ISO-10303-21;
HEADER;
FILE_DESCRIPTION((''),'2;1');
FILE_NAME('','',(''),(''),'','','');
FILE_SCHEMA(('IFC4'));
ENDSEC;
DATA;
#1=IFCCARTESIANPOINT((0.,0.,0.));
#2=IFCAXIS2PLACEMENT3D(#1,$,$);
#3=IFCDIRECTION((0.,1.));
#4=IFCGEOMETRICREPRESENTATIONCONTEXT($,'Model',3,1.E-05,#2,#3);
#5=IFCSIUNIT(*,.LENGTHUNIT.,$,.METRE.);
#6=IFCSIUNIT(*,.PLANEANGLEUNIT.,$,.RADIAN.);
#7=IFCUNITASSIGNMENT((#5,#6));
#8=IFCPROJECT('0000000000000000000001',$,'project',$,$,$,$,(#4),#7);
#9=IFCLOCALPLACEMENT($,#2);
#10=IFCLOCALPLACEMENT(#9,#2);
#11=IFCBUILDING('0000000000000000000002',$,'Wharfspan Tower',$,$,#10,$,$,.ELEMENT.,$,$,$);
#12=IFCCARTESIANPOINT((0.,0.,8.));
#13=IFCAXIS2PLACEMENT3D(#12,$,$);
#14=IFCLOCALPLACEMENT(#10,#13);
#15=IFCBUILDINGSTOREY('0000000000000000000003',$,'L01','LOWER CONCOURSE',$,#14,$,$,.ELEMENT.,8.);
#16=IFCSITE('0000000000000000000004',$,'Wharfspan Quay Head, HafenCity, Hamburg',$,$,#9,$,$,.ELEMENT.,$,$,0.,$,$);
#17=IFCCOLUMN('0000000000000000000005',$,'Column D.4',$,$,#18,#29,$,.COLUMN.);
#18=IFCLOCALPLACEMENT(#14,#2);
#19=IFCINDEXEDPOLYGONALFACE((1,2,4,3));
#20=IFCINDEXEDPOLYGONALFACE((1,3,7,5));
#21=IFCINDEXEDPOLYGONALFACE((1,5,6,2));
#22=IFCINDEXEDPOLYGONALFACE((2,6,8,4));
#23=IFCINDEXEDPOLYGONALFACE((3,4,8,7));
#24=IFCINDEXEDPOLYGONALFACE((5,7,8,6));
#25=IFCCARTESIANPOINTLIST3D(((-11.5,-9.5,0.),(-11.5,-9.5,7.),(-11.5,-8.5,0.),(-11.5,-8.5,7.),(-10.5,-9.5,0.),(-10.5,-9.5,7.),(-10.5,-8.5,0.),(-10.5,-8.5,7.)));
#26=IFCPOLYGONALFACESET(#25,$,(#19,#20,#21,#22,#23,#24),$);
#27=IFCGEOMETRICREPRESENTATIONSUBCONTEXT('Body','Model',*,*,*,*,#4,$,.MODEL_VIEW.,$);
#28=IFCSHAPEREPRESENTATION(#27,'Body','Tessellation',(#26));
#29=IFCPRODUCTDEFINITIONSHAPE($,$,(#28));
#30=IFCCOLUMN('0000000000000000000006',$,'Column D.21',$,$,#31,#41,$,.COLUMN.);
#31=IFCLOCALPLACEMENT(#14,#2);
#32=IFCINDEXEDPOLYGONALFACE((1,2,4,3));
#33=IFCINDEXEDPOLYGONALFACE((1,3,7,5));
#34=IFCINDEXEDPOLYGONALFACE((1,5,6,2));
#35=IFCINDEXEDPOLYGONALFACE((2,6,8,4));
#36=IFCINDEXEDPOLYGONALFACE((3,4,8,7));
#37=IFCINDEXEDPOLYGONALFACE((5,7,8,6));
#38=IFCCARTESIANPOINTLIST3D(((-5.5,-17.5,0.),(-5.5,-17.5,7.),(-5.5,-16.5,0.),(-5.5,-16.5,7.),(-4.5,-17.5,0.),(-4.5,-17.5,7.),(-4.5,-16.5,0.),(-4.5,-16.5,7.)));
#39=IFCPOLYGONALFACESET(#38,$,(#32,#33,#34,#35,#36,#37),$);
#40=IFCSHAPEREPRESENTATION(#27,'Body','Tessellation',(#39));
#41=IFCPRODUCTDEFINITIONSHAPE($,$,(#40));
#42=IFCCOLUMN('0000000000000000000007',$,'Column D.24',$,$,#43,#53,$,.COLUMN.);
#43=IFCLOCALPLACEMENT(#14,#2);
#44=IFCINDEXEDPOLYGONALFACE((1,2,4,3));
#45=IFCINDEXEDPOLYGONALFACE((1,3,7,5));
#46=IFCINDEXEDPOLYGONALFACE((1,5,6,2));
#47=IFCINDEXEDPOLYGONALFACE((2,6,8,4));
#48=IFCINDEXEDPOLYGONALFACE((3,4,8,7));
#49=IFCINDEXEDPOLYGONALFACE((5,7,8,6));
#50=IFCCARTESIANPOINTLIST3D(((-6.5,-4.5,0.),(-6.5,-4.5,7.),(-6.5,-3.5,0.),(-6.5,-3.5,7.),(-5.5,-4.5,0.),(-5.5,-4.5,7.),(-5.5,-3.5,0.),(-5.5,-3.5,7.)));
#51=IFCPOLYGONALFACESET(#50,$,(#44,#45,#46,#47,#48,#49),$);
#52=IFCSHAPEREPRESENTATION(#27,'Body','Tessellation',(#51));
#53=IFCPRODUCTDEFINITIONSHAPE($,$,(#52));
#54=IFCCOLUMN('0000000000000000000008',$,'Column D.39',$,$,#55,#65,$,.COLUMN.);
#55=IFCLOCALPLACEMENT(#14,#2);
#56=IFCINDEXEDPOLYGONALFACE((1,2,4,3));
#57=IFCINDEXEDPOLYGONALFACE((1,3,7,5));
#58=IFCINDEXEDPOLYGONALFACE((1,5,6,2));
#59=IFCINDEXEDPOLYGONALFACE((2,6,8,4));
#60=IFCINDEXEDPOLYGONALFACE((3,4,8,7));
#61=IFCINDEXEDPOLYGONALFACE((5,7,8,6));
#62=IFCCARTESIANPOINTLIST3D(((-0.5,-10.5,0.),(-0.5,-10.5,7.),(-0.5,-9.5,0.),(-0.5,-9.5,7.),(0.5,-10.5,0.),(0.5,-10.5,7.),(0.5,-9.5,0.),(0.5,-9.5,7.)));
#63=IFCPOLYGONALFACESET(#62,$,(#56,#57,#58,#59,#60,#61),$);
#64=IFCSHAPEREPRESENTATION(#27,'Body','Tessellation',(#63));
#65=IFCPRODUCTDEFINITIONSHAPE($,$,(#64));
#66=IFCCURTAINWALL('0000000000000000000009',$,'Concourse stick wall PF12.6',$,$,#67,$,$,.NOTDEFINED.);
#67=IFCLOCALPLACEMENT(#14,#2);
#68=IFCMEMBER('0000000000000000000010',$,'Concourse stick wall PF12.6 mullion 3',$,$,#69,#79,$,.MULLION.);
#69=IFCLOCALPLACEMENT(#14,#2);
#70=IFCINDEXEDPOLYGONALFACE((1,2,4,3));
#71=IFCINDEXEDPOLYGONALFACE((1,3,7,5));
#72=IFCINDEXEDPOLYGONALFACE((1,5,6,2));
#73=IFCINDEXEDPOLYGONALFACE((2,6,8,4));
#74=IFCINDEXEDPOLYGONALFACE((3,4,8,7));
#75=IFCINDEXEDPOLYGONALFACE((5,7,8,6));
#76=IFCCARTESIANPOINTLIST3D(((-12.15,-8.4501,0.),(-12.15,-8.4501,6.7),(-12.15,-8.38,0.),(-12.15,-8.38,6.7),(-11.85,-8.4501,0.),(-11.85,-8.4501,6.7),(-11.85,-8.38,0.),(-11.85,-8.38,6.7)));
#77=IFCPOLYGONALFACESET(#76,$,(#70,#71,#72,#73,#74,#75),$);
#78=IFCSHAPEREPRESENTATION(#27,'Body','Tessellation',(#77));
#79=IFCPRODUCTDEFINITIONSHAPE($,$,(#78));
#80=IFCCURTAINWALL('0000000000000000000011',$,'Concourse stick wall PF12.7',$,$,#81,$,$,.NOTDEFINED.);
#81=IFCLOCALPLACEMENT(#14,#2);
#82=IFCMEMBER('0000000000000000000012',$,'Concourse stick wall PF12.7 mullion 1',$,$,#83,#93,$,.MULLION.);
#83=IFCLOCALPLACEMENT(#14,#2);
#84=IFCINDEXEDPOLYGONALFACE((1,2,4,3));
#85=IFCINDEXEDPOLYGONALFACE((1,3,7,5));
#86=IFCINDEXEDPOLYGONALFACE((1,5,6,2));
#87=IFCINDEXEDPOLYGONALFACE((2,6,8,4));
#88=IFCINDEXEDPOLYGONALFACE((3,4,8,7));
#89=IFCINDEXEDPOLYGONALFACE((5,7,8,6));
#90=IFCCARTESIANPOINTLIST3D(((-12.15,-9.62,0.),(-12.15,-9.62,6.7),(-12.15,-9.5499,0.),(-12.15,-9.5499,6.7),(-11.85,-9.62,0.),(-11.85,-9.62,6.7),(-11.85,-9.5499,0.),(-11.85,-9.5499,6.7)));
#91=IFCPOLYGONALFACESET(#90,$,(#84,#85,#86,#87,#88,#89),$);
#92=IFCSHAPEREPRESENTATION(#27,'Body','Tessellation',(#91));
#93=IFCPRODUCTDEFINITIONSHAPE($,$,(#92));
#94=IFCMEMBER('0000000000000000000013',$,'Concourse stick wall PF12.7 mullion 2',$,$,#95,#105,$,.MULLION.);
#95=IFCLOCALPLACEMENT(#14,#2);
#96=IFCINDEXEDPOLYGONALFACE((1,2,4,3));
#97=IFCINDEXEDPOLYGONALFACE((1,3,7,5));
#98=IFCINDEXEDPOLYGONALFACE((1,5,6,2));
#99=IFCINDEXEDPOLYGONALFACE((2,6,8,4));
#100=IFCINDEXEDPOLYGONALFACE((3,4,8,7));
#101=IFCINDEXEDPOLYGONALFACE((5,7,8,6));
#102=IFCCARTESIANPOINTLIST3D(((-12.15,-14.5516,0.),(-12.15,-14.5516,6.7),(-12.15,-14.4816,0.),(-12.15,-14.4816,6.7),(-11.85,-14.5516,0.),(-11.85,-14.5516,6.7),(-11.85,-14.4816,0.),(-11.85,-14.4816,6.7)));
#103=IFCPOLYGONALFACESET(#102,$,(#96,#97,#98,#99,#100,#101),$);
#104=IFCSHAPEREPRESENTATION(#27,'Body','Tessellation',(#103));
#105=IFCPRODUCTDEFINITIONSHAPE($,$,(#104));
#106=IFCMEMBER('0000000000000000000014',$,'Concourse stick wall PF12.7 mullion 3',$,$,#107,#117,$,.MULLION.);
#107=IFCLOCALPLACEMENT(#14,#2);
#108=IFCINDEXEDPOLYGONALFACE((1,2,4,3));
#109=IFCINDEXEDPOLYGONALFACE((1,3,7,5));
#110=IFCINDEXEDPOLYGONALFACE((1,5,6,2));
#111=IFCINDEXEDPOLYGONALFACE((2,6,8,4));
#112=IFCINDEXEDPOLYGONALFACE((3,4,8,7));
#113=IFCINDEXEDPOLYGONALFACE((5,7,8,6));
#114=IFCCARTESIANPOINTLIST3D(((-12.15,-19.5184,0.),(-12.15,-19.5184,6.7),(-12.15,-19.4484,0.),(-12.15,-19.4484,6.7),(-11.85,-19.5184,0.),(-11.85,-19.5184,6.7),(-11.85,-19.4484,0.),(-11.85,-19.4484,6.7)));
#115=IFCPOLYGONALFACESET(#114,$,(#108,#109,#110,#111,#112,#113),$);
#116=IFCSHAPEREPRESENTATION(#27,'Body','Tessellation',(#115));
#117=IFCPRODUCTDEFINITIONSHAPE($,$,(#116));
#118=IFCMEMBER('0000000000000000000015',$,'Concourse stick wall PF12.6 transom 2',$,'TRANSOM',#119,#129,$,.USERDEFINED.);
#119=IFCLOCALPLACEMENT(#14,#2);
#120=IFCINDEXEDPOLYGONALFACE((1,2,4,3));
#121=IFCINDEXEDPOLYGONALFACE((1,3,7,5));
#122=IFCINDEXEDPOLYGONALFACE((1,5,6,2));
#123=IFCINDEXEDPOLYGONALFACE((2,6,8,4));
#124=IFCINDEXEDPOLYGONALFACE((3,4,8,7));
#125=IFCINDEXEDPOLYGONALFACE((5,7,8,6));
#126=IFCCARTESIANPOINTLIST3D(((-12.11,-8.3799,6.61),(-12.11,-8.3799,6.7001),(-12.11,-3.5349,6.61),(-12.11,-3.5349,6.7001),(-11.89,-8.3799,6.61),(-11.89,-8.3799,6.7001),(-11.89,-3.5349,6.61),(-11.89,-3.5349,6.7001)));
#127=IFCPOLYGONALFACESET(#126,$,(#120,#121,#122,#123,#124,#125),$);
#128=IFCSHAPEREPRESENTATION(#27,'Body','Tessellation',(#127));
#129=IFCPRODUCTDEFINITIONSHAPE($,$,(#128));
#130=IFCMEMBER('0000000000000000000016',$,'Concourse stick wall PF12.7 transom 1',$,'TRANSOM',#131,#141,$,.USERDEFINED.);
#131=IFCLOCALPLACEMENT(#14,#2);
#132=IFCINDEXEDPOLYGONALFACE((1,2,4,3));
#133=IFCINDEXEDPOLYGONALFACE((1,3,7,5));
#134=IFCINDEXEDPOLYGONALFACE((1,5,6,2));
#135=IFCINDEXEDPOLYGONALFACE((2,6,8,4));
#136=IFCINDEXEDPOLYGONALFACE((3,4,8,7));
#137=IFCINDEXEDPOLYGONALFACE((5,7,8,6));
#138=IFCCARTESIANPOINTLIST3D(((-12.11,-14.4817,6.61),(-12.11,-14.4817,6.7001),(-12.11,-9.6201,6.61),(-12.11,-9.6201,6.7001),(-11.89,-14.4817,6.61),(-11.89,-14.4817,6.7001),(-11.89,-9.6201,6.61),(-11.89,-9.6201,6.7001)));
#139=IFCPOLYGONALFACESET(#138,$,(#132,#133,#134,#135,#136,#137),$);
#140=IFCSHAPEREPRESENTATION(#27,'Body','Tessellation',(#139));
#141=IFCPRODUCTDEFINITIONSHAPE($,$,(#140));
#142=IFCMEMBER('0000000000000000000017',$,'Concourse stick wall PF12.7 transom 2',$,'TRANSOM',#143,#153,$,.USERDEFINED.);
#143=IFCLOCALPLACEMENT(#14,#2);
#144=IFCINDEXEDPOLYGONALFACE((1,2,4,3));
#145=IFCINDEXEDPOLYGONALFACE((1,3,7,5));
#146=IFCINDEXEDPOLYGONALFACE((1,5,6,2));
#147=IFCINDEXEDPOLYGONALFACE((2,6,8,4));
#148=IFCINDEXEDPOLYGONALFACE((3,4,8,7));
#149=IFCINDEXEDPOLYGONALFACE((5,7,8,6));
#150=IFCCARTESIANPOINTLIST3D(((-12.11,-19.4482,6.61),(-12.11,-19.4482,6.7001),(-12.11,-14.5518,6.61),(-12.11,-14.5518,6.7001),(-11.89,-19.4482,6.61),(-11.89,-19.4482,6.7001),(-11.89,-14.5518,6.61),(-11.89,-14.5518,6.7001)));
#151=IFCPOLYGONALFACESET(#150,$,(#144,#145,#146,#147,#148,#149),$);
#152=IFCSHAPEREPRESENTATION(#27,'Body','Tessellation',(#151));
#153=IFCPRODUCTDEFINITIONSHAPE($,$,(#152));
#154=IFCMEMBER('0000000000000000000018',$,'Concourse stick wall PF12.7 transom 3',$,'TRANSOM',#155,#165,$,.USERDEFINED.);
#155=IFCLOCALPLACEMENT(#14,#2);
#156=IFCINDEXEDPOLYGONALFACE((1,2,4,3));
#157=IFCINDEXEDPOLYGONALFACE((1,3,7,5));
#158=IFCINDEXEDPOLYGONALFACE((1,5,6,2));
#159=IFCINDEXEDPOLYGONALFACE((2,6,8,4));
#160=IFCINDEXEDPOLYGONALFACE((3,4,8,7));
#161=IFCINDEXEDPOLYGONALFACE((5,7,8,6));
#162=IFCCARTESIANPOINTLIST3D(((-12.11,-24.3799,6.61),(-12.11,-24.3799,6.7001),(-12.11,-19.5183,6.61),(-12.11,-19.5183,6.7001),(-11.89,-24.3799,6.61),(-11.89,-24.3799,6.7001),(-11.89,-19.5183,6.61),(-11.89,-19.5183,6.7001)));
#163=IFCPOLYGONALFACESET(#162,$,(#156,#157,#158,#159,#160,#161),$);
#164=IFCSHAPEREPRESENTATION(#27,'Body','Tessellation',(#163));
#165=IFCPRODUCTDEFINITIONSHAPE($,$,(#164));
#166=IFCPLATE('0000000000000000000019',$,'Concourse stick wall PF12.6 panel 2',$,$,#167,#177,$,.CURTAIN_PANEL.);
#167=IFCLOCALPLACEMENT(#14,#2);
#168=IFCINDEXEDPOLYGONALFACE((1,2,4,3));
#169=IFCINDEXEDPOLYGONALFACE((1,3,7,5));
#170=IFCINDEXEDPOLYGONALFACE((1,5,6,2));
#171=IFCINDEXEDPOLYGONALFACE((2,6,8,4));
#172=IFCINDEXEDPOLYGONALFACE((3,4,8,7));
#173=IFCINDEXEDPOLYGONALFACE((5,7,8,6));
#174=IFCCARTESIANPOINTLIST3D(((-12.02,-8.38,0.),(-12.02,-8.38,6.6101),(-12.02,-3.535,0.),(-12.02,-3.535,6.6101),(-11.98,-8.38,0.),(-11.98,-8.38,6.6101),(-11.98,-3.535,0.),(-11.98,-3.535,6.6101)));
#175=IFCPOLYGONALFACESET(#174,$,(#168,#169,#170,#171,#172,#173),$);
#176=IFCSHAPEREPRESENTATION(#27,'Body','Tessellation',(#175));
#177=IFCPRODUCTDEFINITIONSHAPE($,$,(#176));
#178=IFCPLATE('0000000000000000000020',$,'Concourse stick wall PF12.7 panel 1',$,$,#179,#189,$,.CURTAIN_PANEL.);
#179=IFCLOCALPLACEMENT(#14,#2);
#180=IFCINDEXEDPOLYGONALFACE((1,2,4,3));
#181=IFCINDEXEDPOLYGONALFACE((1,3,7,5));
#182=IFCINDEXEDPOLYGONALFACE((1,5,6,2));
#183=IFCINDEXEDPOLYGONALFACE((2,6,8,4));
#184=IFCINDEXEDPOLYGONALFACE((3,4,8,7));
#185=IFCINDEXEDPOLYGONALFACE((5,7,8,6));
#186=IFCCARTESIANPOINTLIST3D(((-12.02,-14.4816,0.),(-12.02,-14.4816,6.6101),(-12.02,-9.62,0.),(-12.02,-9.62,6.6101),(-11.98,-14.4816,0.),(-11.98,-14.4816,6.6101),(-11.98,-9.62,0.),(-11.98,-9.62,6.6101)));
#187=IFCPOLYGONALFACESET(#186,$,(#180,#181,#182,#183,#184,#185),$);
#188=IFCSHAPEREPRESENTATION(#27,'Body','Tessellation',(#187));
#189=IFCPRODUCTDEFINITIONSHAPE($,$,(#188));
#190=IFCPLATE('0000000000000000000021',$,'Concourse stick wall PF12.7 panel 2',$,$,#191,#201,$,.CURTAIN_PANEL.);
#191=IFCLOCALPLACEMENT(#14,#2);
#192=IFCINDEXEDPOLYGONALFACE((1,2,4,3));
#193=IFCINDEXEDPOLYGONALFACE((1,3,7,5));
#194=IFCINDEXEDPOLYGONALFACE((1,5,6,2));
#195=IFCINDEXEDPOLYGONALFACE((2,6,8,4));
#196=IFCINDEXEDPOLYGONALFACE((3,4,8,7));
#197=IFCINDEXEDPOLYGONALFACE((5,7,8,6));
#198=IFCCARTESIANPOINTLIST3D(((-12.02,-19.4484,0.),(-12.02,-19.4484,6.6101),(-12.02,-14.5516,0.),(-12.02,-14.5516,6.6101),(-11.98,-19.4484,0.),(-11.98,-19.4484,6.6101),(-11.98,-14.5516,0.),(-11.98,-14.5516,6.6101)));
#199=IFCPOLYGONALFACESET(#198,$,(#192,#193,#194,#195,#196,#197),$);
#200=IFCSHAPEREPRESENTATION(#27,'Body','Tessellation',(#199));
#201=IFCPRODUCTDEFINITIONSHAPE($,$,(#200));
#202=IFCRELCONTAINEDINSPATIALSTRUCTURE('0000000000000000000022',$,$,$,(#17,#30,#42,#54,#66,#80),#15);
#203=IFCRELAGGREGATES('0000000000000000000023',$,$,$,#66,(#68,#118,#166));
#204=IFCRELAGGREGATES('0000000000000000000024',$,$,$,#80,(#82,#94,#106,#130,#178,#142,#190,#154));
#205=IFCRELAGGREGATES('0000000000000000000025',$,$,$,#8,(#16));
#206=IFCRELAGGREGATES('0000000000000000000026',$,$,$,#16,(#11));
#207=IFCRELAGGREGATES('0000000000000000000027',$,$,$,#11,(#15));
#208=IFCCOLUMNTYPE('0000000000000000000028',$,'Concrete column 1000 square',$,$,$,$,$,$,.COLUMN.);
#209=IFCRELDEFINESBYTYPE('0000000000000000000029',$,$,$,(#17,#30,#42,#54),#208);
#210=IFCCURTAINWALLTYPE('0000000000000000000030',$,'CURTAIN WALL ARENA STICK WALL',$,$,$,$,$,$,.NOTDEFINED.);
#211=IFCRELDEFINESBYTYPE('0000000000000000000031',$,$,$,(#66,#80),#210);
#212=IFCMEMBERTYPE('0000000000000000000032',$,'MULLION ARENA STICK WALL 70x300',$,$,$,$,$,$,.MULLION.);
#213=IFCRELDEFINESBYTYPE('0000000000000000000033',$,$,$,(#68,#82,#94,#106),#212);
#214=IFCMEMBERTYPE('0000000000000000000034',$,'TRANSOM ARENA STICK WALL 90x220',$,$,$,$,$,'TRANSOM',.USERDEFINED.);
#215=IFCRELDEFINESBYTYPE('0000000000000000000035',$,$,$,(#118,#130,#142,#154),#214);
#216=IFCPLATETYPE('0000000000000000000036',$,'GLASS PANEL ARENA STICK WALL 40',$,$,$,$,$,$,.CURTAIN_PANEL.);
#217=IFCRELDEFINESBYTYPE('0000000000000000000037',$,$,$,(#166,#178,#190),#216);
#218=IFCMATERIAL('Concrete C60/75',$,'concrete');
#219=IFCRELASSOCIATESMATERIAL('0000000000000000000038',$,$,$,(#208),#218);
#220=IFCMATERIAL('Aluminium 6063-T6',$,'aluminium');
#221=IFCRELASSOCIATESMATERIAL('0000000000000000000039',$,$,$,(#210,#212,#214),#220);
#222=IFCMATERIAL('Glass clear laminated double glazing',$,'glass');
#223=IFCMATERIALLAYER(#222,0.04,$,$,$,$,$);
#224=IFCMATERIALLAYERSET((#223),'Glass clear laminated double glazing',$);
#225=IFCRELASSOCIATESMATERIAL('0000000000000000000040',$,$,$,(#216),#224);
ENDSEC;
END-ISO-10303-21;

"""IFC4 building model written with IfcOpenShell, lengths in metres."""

from ifc_helpers import new_model, si_unit, direction, frame, origin, origin_2d, place, context, subcontext, project, spatial, rectangle, extrude, material, layer, layer_set, material_profile, profile_set, type_object, element, aggregate, save


model = new_model("IFC4")

# Units and contexts
model_context = context("Model", 3, precision=1e-05, world=origin(), true_north=direction((0.0, 1.0)))
body_context = subcontext(model_context, "Body", "Model", "MODEL_VIEW")
ifc_project = project(units=[si_unit("LENGTHUNIT", "METRE"), si_unit("PLANEANGLEUNIT", "RADIAN")], contexts=[model_context])

# Site, building, storey
site_placement = place(None, origin())
site = spatial("IfcSite", under=ifc_project, at=site_placement, Name="Wharfspan Quay Head, HafenCity, Hamburg", CompositionType="ELEMENT", RefElevation=0.0)
building_placement = place(site_placement, origin())
building = spatial("IfcBuilding", under=site, at=building_placement, Name="Wharfspan Tower", CompositionType="ELEMENT")
storey_placement = place(building_placement, frame((0.0, 0.0, 8.0)))
storey = spatial("IfcBuildingStorey", under=building, at=storey_placement, Name="L01", Description="LOWER CONCOURSE", CompositionType="ELEMENT", Elevation=8.0)

# Columns
ifc_material_1 = material(Name="Concrete C60/75", Category="concrete")
ifc_material_profile_1 = material_profile(ifc_material_1, rectangle(XDim=1.0, YDim=1.0, at=origin_2d()))
ifc_profile_set_1 = profile_set([ifc_material_profile_1], Name="Concrete C60/75")
column_type = type_object("IfcColumnType", Name="Concrete column 1000 square", PredefinedType="COLUMN", material=ifc_profile_set_1)
for number, where, z_axis, x_axis, name in (
    (1, (-11.0, -9.0, 0.0), (0.0, 0.0, 1.0), (1.0, 0.0, 0.0), "Column D.4"),
    (2, (-5.0, -17.0, 0.0), (0.0, 0.0, 1.0), (1.0, 0.0, 0.0), "Column D.21"),
    (3, (-6.0, -4.0, 0.0), (0.0, 0.0, 1.0), (1.0, 0.0, 0.0), "Column D.24"),
    (4, (0.0, -10.0, 0.0), (0.0, 0.0, 1.0), (1.0, 0.0, 0.0), "Column D.39"),
):
    element("IfcColumn", number, at=place(storey_placement, frame(where, z_axis=z_axis, x_axis=x_axis)), inside=storey, type_object=column_type, Name=name, PredefinedType="COLUMN", context=body_context, shape_type="SweptSolid", body=[
        extrude(rectangle(XDim=1.0, YDim=1.0, at=origin_2d()), origin(), (0.0, 0.0, 1.0), 7.0),
    ])

# Curtain wall, member
ifc_material_2 = material(Name="Aluminium 6063-T6", Category="aluminium")
curtain_wall_type = type_object("IfcCurtainWallType", Name="CURTAIN WALL ARENA STICK WALL", PredefinedType="NOTDEFINED", material=ifc_material_2)
curtain_wall_1_placement = place(storey_placement, origin())
curtain_wall_1 = element("IfcCurtainWall", 5, at=curtain_wall_1_placement, inside=storey, type_object=curtain_wall_type, Name="Concourse stick wall PF12.6", PredefinedType="NOTDEFINED")
ifc_material_profile_2 = material_profile(ifc_material_2, rectangle(XDim=0.3, YDim=0.0701, at=origin_2d()))
ifc_profile_set_2 = profile_set([ifc_material_profile_2], Name="Aluminium 6063-T6")
member_type_1 = type_object("IfcMemberType", Name="MULLION ARENA STICK WALL 70x300", PredefinedType="MULLION", material=ifc_profile_set_2)
member_1_placement = place(storey_placement, frame((-12.0, -8.415, 0.0), z_axis=(0.0, 0.0, 1.0), x_axis=(1.0, 0.0, 0.0)))
member_1 = element("IfcMember", 6, at=member_1_placement, type_object=member_type_1, Name="Concourse stick wall PF12.6 mullion 3", PredefinedType="MULLION", context=body_context, shape_type="SweptSolid", body=[
    extrude(rectangle(XDim=0.3, YDim=0.0701, at=origin_2d()), origin(), (0.0, 0.0, 1.0), 6.7),
])

# Curtain wall, members
curtain_wall_2_placement = place(storey_placement, origin())
curtain_wall_2 = element("IfcCurtainWall", 7, at=curtain_wall_2_placement, inside=storey, type_object=curtain_wall_type, Name="Concourse stick wall PF12.7", PredefinedType="NOTDEFINED")
member_2_placement = place(storey_placement, frame((-12.0, -9.585, 0.0), z_axis=(0.0, 0.0, 1.0), x_axis=(1.0, 0.0, 0.0)))
member_2 = element("IfcMember", 8, at=member_2_placement, type_object=member_type_1, Name="Concourse stick wall PF12.7 mullion 1", PredefinedType="MULLION", context=body_context, shape_type="SweptSolid", body=[
    extrude(rectangle(XDim=0.3, YDim=0.0701, at=origin_2d()), origin(), (0.0, 0.0, 1.0), 6.7),
])
member_3_placement = place(storey_placement, frame((-12.0, -14.5166, 0.0), z_axis=(0.0, 0.0, 1.0), x_axis=(1.0, 0.0, 0.0)))
member_3 = element("IfcMember", 9, at=member_3_placement, type_object=member_type_1, Name="Concourse stick wall PF12.7 mullion 2", PredefinedType="MULLION", context=body_context, shape_type="SweptSolid", body=[
    extrude(rectangle(XDim=0.3, YDim=0.0701, at=origin_2d()), origin(), (0.0, 0.0, 1.0), 6.7),
])
member_4_placement = place(storey_placement, frame((-12.0, -19.4834, 0.0), z_axis=(0.0, 0.0, 1.0), x_axis=(1.0, 0.0, 0.0)))
member_4 = element("IfcMember", 10, at=member_4_placement, type_object=member_type_1, Name="Concourse stick wall PF12.7 mullion 3", PredefinedType="MULLION", context=body_context, shape_type="SweptSolid", body=[
    extrude(rectangle(XDim=0.3, YDim=0.0701, at=origin_2d()), origin(), (0.0, 0.0, 1.0), 6.7),
])

# Members
ifc_material_profile_3 = material_profile(ifc_material_2, rectangle(XDim=0.22, YDim=0.0901, at=origin_2d()))
ifc_profile_set_3 = profile_set([ifc_material_profile_3], Name="Aluminium 6063-T6")
member_type_2 = type_object("IfcMemberType", Name="TRANSOM ARENA STICK WALL 90x220", ElementType="TRANSOM", PredefinedType="USERDEFINED", material=ifc_profile_set_3)
member_5_placement = place(storey_placement, frame((-12.0, -3.5349, 6.655), z_axis=(0.0, -1.0, 0.0), x_axis=(1.0, 0.0, 0.0)))
member_5 = element("IfcMember", 11, at=member_5_placement, type_object=member_type_2, Name="Concourse stick wall PF12.6 transom 2", ObjectType="TRANSOM", PredefinedType="USERDEFINED", context=body_context, shape_type="SweptSolid", body=[
    extrude(rectangle(XDim=0.22, YDim=0.0901, at=origin_2d()), origin(), (0.0, 0.0, 1.0), 4.845),
])
member_6_placement = place(storey_placement, frame((-12.0, -9.6201, 6.655), z_axis=(0.0, -1.0, 0.0), x_axis=(1.0, 0.0, 0.0)))
member_6 = element("IfcMember", 12, at=member_6_placement, type_object=member_type_2, Name="Concourse stick wall PF12.7 transom 1", ObjectType="TRANSOM", PredefinedType="USERDEFINED", context=body_context, shape_type="SweptSolid", body=[
    extrude(rectangle(XDim=0.22, YDim=0.0901, at=origin_2d()), origin(), (0.0, 0.0, 1.0), 4.8616),
])
member_7_placement = place(storey_placement, frame((-12.0, -14.5518, 6.655), z_axis=(0.0, -1.0, 0.0), x_axis=(1.0, 0.0, 0.0)))
member_7 = element("IfcMember", 13, at=member_7_placement, type_object=member_type_2, Name="Concourse stick wall PF12.7 transom 2", ObjectType="TRANSOM", PredefinedType="USERDEFINED", context=body_context, shape_type="SweptSolid", body=[
    extrude(rectangle(XDim=0.22, YDim=0.0901, at=origin_2d()), origin(), (0.0, 0.0, 1.0), 4.8965),
])
member_8_placement = place(storey_placement, frame((-12.0, -19.5183, 6.655), z_axis=(0.0, -1.0, 0.0), x_axis=(1.0, 0.0, 0.0)))
member_8 = element("IfcMember", 14, at=member_8_placement, type_object=member_type_2, Name="Concourse stick wall PF12.7 transom 3", ObjectType="TRANSOM", PredefinedType="USERDEFINED", context=body_context, shape_type="SweptSolid", body=[
    extrude(rectangle(XDim=0.22, YDim=0.0901, at=origin_2d()), origin(), (0.0, 0.0, 1.0), 4.8616),
])

# Plates
ifc_material_3 = material(Name="Glass clear laminated double glazing", Category="glass")
ifc_layer_1 = layer(ifc_material_3, 0.04)
ifc_layer_set_1 = layer_set([ifc_layer_1], Name="Glass clear laminated double glazing")
plate_type = type_object("IfcPlateType", Name="GLASS PANEL ARENA STICK WALL 40", PredefinedType="CURTAIN_PANEL", material=ifc_layer_set_1)
plate_1_placement = place(storey_placement, frame((-12.0, -5.9575, 0.0), z_axis=(0.0, 0.0, 1.0), x_axis=(0.0, -1.0, 0.0)))
plate_1 = element("IfcPlate", 15, at=plate_1_placement, type_object=plate_type, Name="Concourse stick wall PF12.6 panel 2", PredefinedType="CURTAIN_PANEL", context=body_context, shape_type="SweptSolid", body=[
    extrude(rectangle(XDim=4.845, YDim=0.04, at=origin_2d()), origin(), (0.0, 0.0, 1.0), 6.6101),
])
aggregate(curtain_wall_1, [member_1, member_5, plate_1])
plate_2_placement = place(storey_placement, frame((-12.0, -12.0508, 0.0), z_axis=(0.0, 0.0, 1.0), x_axis=(0.0, -1.0, 0.0)))
plate_2 = element("IfcPlate", 16, at=plate_2_placement, type_object=plate_type, Name="Concourse stick wall PF12.7 panel 1", PredefinedType="CURTAIN_PANEL", context=body_context, shape_type="SweptSolid", body=[
    extrude(rectangle(XDim=4.8616, YDim=0.04, at=origin_2d()), origin(), (0.0, 0.0, 1.0), 6.6101),
])
plate_3_placement = place(storey_placement, frame((-12.0, -17.0, 0.0), z_axis=(0.0, 0.0, 1.0), x_axis=(0.0, -1.0, 0.0)))
plate_3 = element("IfcPlate", 17, at=plate_3_placement, type_object=plate_type, Name="Concourse stick wall PF12.7 panel 2", PredefinedType="CURTAIN_PANEL", context=body_context, shape_type="SweptSolid", body=[
    extrude(rectangle(XDim=4.8967, YDim=0.04, at=origin_2d()), origin(), (0.0, 0.0, 1.0), 6.6101),
])
aggregate(curtain_wall_2, [member_2, member_3, member_4, member_6, plate_2, member_7, plate_3, member_8])

save(model, "model.ifc")
